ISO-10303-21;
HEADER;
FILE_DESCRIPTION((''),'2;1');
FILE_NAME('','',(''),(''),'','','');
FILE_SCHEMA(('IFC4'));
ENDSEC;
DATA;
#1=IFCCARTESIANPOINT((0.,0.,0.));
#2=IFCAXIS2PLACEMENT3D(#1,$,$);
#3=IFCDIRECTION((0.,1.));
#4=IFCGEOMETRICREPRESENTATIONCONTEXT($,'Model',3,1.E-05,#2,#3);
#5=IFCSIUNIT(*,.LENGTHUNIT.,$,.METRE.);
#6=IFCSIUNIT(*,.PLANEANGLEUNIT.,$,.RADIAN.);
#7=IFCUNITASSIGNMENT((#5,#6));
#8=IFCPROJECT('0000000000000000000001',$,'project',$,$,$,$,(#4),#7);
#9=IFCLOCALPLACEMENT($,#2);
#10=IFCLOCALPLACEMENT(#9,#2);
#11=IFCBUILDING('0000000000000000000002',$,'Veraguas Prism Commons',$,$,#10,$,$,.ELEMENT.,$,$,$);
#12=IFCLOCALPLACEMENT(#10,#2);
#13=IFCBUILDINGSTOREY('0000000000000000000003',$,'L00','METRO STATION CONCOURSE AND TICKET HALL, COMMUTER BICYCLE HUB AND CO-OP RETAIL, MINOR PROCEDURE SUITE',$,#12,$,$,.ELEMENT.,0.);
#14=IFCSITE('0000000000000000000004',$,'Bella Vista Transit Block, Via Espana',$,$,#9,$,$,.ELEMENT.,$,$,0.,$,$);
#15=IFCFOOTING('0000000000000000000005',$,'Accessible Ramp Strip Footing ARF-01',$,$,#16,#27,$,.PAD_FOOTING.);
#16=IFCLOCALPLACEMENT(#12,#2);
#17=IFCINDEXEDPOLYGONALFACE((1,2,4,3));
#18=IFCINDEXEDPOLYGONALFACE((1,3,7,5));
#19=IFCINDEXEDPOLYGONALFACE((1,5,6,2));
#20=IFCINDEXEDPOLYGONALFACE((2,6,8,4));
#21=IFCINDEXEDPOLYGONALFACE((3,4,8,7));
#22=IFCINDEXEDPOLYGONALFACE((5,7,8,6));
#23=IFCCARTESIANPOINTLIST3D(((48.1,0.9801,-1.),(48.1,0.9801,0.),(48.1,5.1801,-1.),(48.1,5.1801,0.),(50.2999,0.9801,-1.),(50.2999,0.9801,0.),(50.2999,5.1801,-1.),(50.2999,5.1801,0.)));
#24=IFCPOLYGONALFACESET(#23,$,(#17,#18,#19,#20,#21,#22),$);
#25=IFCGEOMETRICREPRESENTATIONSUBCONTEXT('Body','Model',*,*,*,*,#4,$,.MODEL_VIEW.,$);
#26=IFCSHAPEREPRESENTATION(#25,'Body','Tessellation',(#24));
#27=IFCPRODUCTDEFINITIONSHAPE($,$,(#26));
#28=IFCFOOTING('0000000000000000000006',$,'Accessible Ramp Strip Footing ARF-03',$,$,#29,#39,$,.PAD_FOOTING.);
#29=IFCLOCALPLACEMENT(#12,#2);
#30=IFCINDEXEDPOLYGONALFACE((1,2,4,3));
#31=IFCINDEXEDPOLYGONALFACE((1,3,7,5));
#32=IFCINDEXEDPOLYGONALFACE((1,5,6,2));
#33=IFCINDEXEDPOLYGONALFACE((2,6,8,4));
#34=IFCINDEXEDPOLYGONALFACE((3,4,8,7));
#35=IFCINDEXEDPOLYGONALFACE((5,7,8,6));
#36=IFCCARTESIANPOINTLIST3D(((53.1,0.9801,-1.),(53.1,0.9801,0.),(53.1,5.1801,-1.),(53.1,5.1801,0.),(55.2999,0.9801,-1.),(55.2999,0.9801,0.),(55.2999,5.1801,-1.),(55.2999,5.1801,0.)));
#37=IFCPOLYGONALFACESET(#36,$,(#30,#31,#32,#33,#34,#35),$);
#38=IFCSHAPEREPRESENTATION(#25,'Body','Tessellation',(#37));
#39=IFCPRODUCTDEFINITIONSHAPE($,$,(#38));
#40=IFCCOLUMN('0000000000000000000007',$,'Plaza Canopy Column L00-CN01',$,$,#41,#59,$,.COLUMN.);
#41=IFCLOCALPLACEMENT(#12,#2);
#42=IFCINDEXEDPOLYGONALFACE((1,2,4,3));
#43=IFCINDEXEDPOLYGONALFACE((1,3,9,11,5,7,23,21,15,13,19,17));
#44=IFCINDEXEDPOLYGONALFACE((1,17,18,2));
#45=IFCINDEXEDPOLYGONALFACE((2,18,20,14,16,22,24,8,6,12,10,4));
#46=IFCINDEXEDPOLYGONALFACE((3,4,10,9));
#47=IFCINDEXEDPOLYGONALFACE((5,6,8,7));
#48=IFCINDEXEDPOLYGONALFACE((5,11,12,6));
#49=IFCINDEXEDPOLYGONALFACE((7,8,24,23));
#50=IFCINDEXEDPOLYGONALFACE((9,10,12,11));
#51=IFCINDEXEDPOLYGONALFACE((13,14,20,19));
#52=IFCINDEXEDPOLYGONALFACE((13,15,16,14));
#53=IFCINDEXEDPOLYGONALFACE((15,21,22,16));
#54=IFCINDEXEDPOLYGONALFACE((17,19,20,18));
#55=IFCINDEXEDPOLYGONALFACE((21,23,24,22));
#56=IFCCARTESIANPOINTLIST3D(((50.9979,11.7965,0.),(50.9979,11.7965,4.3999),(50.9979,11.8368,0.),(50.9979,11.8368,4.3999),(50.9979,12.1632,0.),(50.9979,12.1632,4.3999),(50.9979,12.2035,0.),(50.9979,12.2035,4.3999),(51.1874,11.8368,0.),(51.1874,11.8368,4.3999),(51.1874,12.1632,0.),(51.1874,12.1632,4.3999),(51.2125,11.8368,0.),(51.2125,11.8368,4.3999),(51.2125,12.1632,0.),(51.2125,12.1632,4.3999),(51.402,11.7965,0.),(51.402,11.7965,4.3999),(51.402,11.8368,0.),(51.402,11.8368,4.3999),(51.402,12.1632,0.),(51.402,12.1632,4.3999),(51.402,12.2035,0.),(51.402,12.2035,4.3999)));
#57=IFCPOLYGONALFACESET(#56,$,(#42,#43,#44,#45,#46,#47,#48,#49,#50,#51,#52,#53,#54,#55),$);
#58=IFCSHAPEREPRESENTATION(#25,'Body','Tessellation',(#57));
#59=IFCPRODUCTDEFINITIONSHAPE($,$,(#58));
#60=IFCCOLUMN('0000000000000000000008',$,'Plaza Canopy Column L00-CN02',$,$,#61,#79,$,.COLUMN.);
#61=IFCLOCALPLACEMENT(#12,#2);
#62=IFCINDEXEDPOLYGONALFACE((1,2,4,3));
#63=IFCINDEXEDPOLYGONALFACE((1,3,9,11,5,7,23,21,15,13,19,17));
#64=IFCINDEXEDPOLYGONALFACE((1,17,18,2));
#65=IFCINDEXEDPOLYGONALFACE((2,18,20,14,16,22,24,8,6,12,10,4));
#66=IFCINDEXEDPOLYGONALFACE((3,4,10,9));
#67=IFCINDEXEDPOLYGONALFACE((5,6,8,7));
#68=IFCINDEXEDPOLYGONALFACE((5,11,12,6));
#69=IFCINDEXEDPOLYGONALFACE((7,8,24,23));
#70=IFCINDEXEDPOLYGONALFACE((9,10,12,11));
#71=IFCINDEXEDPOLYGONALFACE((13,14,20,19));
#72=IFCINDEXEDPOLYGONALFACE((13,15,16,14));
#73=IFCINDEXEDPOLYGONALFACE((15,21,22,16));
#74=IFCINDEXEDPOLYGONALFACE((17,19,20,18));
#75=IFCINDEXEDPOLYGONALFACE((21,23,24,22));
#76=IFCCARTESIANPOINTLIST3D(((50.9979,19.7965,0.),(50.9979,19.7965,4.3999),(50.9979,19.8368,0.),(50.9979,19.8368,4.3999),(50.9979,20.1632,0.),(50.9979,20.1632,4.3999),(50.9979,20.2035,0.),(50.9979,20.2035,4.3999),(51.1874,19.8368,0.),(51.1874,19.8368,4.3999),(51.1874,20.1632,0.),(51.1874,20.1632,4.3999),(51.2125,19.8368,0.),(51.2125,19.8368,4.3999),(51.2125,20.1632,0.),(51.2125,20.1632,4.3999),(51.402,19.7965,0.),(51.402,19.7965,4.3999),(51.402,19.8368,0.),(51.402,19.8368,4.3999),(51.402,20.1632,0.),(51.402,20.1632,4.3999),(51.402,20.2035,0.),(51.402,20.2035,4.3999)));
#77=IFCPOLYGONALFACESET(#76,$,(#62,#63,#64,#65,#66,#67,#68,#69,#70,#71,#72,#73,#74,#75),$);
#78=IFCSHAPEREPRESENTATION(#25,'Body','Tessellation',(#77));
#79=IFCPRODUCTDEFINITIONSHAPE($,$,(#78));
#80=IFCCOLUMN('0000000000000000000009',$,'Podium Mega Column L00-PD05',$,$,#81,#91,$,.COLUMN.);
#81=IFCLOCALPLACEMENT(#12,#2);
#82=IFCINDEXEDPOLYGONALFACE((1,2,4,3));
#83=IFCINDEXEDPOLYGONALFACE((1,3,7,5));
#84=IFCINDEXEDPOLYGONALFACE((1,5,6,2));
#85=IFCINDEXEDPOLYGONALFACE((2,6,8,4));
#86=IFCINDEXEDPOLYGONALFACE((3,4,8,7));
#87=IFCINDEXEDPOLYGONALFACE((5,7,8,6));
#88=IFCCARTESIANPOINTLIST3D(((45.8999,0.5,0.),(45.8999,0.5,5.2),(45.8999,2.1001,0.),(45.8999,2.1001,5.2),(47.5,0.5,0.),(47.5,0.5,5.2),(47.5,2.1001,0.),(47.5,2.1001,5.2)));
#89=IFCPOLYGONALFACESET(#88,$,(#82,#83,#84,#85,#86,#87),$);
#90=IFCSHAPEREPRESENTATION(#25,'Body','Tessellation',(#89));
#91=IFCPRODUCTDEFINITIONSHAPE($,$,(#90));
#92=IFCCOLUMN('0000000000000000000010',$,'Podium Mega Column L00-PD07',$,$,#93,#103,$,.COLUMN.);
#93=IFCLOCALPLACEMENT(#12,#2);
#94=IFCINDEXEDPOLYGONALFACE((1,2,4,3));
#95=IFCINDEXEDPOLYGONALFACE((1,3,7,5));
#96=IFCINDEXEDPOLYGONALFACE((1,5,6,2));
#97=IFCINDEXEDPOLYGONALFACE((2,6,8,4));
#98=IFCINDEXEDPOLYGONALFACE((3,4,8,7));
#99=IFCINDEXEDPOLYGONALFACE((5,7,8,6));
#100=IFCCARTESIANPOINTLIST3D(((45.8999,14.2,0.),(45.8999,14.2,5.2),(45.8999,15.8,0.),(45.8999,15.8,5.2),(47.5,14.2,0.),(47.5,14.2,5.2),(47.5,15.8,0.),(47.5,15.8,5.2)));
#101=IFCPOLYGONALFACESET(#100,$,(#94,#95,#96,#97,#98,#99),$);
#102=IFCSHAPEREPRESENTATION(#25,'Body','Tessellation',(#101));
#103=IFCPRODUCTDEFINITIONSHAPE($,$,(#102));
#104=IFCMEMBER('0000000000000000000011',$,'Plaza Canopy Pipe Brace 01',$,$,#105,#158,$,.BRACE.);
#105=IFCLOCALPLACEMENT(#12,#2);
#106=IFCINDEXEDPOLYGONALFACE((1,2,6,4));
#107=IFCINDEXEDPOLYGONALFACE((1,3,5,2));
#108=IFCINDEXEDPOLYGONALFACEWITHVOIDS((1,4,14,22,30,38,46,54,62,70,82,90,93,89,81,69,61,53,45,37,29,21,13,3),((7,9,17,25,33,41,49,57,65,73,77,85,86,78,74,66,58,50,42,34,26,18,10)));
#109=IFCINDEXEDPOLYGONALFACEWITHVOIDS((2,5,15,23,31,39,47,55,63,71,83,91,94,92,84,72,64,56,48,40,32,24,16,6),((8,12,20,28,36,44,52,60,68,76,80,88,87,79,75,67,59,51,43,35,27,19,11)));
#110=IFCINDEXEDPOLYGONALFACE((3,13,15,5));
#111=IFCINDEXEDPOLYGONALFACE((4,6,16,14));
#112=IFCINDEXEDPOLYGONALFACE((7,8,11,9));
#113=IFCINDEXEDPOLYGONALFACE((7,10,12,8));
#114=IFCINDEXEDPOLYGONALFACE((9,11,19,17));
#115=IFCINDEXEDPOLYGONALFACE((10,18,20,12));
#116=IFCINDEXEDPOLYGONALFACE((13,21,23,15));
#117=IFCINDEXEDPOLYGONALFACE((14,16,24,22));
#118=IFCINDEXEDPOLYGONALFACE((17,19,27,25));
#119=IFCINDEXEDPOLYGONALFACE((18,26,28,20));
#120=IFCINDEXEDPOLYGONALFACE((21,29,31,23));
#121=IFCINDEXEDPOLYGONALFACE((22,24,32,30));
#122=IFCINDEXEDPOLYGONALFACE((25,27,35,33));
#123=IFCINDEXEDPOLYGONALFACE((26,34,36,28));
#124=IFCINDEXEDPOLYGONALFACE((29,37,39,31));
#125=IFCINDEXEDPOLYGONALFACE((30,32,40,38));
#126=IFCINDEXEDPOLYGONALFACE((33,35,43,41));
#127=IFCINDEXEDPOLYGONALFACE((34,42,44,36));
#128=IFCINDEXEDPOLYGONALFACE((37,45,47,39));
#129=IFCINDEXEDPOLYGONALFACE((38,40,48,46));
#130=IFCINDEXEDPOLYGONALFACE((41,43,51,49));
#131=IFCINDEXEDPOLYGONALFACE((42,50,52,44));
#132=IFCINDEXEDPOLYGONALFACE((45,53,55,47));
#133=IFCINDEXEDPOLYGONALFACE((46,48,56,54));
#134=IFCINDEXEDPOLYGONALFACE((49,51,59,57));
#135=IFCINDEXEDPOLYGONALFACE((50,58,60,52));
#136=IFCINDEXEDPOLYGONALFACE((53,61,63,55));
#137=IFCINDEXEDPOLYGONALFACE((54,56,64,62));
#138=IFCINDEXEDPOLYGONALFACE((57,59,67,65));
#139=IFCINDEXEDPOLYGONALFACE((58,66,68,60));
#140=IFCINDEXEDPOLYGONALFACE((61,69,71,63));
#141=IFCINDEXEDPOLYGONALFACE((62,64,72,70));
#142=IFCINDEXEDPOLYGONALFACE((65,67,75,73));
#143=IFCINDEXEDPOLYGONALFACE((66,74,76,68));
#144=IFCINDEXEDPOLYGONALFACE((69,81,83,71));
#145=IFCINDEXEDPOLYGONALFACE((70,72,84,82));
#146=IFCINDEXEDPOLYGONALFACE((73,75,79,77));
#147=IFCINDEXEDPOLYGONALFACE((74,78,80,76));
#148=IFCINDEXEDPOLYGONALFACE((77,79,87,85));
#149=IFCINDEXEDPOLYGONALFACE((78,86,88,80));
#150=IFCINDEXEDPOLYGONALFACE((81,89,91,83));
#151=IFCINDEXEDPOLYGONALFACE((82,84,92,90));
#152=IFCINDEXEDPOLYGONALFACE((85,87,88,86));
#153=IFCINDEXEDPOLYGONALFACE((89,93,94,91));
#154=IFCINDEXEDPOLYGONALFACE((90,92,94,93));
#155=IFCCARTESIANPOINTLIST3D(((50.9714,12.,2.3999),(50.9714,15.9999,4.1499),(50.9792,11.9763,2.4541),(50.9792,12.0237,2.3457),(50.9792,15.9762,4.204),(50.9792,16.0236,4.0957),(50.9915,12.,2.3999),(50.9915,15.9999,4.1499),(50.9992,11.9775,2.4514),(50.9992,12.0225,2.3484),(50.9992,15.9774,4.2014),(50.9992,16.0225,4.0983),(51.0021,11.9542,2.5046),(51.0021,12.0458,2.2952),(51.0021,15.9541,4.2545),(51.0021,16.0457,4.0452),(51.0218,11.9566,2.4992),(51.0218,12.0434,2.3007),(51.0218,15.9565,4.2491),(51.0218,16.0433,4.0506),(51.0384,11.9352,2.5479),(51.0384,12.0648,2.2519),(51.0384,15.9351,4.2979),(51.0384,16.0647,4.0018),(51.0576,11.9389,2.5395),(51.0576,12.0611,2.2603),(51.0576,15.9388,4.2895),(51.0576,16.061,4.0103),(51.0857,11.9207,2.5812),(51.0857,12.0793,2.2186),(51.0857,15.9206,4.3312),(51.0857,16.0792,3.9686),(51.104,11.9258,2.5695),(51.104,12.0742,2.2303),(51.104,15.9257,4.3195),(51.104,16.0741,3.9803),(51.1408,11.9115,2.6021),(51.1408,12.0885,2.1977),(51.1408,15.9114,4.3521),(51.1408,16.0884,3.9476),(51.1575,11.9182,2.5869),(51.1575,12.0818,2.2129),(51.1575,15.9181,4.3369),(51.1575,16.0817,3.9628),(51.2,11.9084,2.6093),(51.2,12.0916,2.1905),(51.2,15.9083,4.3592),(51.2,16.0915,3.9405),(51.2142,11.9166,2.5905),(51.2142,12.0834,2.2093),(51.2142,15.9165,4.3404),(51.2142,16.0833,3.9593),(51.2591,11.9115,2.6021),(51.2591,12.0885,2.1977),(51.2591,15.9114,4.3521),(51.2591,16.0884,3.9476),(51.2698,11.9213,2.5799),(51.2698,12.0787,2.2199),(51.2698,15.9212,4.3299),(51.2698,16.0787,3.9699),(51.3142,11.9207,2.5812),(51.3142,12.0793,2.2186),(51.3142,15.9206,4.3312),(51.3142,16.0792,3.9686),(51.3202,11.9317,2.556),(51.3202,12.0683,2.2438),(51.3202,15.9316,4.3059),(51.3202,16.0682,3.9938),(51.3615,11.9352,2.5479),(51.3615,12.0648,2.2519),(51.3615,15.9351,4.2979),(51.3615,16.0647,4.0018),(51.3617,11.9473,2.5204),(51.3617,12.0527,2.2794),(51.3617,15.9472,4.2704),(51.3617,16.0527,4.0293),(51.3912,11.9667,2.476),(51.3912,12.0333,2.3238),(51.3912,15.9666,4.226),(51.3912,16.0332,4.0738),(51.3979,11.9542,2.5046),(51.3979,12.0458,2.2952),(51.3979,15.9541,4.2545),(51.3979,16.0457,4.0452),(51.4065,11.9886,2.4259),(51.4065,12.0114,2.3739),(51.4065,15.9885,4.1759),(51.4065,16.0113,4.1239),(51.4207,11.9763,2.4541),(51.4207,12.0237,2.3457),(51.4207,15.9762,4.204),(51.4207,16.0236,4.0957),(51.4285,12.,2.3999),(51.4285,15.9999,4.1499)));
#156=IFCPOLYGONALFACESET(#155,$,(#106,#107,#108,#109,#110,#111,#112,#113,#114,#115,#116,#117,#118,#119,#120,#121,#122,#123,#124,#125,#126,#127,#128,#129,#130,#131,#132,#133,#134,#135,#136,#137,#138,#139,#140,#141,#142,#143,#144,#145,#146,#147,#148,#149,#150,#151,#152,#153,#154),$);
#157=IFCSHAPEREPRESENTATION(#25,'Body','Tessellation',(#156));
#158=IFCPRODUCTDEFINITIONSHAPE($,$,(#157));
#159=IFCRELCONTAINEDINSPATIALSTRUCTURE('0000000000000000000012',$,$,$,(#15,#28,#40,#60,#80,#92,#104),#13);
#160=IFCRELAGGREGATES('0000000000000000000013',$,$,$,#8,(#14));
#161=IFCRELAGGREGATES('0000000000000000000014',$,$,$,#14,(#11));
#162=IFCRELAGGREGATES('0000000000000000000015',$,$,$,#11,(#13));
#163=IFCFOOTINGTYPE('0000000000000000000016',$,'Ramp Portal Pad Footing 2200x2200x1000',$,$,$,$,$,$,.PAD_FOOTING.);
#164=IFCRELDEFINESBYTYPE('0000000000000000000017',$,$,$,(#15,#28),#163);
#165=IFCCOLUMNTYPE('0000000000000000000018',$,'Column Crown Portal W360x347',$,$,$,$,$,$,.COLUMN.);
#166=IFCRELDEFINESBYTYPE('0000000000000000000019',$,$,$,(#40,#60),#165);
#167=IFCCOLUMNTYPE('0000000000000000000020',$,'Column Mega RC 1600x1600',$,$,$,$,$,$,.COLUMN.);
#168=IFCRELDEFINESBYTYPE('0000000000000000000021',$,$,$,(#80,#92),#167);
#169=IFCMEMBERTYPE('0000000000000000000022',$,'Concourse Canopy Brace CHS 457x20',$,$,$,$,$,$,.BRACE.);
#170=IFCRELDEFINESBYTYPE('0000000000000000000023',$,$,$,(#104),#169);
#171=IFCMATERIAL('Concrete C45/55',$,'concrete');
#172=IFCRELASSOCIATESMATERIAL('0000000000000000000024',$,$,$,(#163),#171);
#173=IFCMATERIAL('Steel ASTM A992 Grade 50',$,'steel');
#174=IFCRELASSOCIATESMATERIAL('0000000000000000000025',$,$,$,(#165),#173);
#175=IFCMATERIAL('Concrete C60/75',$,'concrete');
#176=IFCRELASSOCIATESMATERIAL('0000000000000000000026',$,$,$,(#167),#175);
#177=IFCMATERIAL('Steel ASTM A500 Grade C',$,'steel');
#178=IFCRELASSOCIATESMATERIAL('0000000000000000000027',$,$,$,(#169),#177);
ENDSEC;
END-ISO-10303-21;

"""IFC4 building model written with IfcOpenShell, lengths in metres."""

from ifc_helpers import new_model, si_unit, direction, frame, origin, origin_2d, place, context, subcontext, project, spatial, rectangle, hollow_circle, i_section, extrude, source, transform, mapped, material, material_profile, profile_set, type_object, element, save


model = new_model("IFC4")

# Units and contexts
model_context = context("Model", 3, precision=1e-05, world=origin(), true_north=direction((0.0, 1.0)))
body_context = subcontext(model_context, "Body", "Model", "MODEL_VIEW")
ifc_project = project(units=[si_unit("LENGTHUNIT", "METRE"), si_unit("PLANEANGLEUNIT", "RADIAN")], contexts=[model_context])

# Site, building, storey
site_placement = place(None, origin())
site = spatial("IfcSite", under=ifc_project, at=site_placement, Name="Bella Vista Transit Block, Via Espana", CompositionType="ELEMENT", RefElevation=0.0)
building_placement = place(site_placement, origin())
building = spatial("IfcBuilding", under=site, at=building_placement, Name="Veraguas Prism Commons", CompositionType="ELEMENT")
storey_placement = place(building_placement, origin())
storey = spatial("IfcBuildingStorey", under=building, at=storey_placement, Name="L00", Description="METRO STATION CONCOURSE AND TICKET HALL, COMMUTER BICYCLE HUB AND CO-OP RETAIL, MINOR PROCEDURE SUITE", CompositionType="ELEMENT", Elevation=0.0)

# Footings
ifc_material_1 = material(Name="Concrete C45/55", Category="concrete")
footing_type = type_object("IfcFootingType", Name="Ramp Portal Pad Footing 2200x2200x1000", PredefinedType="PAD_FOOTING", material=ifc_material_1)
shared_shape_1 = source(origin(), body_context, "Body", "SweptSolid", [
    extrude(rectangle(XDim=2.2, YDim=4.2, at=origin_2d()), origin(), (0.0, 0.0, 1.0), 1.0),
])
for number, where, z_axis, x_axis, name in (
    (1, (49.2, 3.0801, -1.0), (0.0, 0.0, 1.0), (1.0, 0.0, 0.0), "Accessible Ramp Strip Footing ARF-01"),
    (2, (54.2, 3.0801, -1.0), (0.0, 0.0, 1.0), (1.0, 0.0, 0.0), "Accessible Ramp Strip Footing ARF-03"),
):
    element("IfcFooting", number, at=place(storey_placement, frame(where, z_axis=z_axis, x_axis=x_axis)), inside=storey, type_object=footing_type, Name=name, PredefinedType="PAD_FOOTING", context=body_context, shape_type="MappedRepresentation", body=[
        mapped(shared_shape_1, transform((0.0, 0.0, 0.0), scale=1.0)),
    ])

# Columns
ifc_material_2 = material(Name="Steel ASTM A992 Grade 50", Category="steel")
ifc_material_profile_1 = material_profile(ifc_material_2, i_section(OverallWidth=0.4041, OverallDepth=0.407, WebThickness=0.0251, FlangeThickness=0.0403, at=origin_2d()), Name="W360X347")
ifc_profile_set_1 = profile_set([ifc_material_profile_1], Name="Steel ASTM A992 Grade 50")
column_type_1 = type_object("IfcColumnType", Name="Column Crown Portal W360x347", PredefinedType="COLUMN", material=ifc_profile_set_1)
for number, where, z_axis, x_axis, name in (
    (3, (51.2, 12.0, 0.0), (0.0, 0.0, 1.0), (1.0, 0.0, 0.0), "Plaza Canopy Column L00-CN01"),
    (4, (51.2, 20.0, 0.0), (0.0, 0.0, 1.0), (1.0, 0.0, 0.0), "Plaza Canopy Column L00-CN02"),
):
    element("IfcColumn", number, at=place(storey_placement, frame(where, z_axis=z_axis, x_axis=x_axis)), inside=storey, type_object=column_type_1, Name=name, PredefinedType="COLUMN", context=body_context, shape_type="SweptSolid", body=[
        extrude(i_section(OverallWidth=0.4041, OverallDepth=0.407, WebThickness=0.0251, FlangeThickness=0.0403, at=origin_2d()), origin(), (0.0, 0.0, 1.0), 4.3999),
    ])
ifc_material_3 = material(Name="Concrete C60/75", Category="concrete")
ifc_material_profile_2 = material_profile(ifc_material_3, rectangle(XDim=1.6001, YDim=1.6001, at=origin_2d()), Name="RC1600X1600")
ifc_profile_set_2 = profile_set([ifc_material_profile_2], Name="Concrete C60/75")
column_type_2 = type_object("IfcColumnType", Name="Column Mega RC 1600x1600", PredefinedType="COLUMN", material=ifc_profile_set_2)
for number, where, z_axis, x_axis, name in (
    (5, (46.7, 1.3, 0.0), (0.0, 0.0, 1.0), (1.0, 0.0, 0.0), "Podium Mega Column L00-PD05"),
    (6, (46.7, 15.0, 0.0), (0.0, 0.0, 1.0), (1.0, 0.0, 0.0), "Podium Mega Column L00-PD07"),
):
    element("IfcColumn", number, at=place(storey_placement, frame(where, z_axis=z_axis, x_axis=x_axis)), inside=storey, type_object=column_type_2, Name=name, PredefinedType="COLUMN", context=body_context, shape_type="SweptSolid", body=[
        extrude(rectangle(XDim=1.6001, YDim=1.6001, at=origin_2d()), origin(), (0.0, 0.0, 1.0), 5.2),
    ])

# Member
ifc_material_4 = material(Name="Steel ASTM A500 Grade C", Category="steel")
ifc_material_profile_3 = material_profile(ifc_material_4, hollow_circle(Radius=0.2285, WallThickness=0.02, at=origin_2d()), Name="CHS457X20")
ifc_profile_set_3 = profile_set([ifc_material_profile_3], Name="Steel ASTM A500 Grade C")
member_type = type_object("IfcMemberType", Name="Concourse Canopy Brace CHS 457x20", PredefinedType="BRACE", material=ifc_profile_set_3)
for number, where, z_axis, x_axis, name in (
    (7, (51.2, 12.0, 2.3999), (0.0, 0.916157, 0.400819), (-1.0, 0.0, 0.0), "Plaza Canopy Pipe Brace 01"),
):
    element("IfcMember", number, at=place(storey_placement, frame(where, z_axis=z_axis, x_axis=x_axis)), inside=storey, type_object=member_type, Name=name, PredefinedType="BRACE", context=body_context, shape_type="SweptSolid", body=[
        extrude(hollow_circle(Radius=0.2285, WallThickness=0.02, at=origin_2d()), origin(), (0.0, 0.0, 1.0), 4.366),
    ])

save(model, "model.ifc")
